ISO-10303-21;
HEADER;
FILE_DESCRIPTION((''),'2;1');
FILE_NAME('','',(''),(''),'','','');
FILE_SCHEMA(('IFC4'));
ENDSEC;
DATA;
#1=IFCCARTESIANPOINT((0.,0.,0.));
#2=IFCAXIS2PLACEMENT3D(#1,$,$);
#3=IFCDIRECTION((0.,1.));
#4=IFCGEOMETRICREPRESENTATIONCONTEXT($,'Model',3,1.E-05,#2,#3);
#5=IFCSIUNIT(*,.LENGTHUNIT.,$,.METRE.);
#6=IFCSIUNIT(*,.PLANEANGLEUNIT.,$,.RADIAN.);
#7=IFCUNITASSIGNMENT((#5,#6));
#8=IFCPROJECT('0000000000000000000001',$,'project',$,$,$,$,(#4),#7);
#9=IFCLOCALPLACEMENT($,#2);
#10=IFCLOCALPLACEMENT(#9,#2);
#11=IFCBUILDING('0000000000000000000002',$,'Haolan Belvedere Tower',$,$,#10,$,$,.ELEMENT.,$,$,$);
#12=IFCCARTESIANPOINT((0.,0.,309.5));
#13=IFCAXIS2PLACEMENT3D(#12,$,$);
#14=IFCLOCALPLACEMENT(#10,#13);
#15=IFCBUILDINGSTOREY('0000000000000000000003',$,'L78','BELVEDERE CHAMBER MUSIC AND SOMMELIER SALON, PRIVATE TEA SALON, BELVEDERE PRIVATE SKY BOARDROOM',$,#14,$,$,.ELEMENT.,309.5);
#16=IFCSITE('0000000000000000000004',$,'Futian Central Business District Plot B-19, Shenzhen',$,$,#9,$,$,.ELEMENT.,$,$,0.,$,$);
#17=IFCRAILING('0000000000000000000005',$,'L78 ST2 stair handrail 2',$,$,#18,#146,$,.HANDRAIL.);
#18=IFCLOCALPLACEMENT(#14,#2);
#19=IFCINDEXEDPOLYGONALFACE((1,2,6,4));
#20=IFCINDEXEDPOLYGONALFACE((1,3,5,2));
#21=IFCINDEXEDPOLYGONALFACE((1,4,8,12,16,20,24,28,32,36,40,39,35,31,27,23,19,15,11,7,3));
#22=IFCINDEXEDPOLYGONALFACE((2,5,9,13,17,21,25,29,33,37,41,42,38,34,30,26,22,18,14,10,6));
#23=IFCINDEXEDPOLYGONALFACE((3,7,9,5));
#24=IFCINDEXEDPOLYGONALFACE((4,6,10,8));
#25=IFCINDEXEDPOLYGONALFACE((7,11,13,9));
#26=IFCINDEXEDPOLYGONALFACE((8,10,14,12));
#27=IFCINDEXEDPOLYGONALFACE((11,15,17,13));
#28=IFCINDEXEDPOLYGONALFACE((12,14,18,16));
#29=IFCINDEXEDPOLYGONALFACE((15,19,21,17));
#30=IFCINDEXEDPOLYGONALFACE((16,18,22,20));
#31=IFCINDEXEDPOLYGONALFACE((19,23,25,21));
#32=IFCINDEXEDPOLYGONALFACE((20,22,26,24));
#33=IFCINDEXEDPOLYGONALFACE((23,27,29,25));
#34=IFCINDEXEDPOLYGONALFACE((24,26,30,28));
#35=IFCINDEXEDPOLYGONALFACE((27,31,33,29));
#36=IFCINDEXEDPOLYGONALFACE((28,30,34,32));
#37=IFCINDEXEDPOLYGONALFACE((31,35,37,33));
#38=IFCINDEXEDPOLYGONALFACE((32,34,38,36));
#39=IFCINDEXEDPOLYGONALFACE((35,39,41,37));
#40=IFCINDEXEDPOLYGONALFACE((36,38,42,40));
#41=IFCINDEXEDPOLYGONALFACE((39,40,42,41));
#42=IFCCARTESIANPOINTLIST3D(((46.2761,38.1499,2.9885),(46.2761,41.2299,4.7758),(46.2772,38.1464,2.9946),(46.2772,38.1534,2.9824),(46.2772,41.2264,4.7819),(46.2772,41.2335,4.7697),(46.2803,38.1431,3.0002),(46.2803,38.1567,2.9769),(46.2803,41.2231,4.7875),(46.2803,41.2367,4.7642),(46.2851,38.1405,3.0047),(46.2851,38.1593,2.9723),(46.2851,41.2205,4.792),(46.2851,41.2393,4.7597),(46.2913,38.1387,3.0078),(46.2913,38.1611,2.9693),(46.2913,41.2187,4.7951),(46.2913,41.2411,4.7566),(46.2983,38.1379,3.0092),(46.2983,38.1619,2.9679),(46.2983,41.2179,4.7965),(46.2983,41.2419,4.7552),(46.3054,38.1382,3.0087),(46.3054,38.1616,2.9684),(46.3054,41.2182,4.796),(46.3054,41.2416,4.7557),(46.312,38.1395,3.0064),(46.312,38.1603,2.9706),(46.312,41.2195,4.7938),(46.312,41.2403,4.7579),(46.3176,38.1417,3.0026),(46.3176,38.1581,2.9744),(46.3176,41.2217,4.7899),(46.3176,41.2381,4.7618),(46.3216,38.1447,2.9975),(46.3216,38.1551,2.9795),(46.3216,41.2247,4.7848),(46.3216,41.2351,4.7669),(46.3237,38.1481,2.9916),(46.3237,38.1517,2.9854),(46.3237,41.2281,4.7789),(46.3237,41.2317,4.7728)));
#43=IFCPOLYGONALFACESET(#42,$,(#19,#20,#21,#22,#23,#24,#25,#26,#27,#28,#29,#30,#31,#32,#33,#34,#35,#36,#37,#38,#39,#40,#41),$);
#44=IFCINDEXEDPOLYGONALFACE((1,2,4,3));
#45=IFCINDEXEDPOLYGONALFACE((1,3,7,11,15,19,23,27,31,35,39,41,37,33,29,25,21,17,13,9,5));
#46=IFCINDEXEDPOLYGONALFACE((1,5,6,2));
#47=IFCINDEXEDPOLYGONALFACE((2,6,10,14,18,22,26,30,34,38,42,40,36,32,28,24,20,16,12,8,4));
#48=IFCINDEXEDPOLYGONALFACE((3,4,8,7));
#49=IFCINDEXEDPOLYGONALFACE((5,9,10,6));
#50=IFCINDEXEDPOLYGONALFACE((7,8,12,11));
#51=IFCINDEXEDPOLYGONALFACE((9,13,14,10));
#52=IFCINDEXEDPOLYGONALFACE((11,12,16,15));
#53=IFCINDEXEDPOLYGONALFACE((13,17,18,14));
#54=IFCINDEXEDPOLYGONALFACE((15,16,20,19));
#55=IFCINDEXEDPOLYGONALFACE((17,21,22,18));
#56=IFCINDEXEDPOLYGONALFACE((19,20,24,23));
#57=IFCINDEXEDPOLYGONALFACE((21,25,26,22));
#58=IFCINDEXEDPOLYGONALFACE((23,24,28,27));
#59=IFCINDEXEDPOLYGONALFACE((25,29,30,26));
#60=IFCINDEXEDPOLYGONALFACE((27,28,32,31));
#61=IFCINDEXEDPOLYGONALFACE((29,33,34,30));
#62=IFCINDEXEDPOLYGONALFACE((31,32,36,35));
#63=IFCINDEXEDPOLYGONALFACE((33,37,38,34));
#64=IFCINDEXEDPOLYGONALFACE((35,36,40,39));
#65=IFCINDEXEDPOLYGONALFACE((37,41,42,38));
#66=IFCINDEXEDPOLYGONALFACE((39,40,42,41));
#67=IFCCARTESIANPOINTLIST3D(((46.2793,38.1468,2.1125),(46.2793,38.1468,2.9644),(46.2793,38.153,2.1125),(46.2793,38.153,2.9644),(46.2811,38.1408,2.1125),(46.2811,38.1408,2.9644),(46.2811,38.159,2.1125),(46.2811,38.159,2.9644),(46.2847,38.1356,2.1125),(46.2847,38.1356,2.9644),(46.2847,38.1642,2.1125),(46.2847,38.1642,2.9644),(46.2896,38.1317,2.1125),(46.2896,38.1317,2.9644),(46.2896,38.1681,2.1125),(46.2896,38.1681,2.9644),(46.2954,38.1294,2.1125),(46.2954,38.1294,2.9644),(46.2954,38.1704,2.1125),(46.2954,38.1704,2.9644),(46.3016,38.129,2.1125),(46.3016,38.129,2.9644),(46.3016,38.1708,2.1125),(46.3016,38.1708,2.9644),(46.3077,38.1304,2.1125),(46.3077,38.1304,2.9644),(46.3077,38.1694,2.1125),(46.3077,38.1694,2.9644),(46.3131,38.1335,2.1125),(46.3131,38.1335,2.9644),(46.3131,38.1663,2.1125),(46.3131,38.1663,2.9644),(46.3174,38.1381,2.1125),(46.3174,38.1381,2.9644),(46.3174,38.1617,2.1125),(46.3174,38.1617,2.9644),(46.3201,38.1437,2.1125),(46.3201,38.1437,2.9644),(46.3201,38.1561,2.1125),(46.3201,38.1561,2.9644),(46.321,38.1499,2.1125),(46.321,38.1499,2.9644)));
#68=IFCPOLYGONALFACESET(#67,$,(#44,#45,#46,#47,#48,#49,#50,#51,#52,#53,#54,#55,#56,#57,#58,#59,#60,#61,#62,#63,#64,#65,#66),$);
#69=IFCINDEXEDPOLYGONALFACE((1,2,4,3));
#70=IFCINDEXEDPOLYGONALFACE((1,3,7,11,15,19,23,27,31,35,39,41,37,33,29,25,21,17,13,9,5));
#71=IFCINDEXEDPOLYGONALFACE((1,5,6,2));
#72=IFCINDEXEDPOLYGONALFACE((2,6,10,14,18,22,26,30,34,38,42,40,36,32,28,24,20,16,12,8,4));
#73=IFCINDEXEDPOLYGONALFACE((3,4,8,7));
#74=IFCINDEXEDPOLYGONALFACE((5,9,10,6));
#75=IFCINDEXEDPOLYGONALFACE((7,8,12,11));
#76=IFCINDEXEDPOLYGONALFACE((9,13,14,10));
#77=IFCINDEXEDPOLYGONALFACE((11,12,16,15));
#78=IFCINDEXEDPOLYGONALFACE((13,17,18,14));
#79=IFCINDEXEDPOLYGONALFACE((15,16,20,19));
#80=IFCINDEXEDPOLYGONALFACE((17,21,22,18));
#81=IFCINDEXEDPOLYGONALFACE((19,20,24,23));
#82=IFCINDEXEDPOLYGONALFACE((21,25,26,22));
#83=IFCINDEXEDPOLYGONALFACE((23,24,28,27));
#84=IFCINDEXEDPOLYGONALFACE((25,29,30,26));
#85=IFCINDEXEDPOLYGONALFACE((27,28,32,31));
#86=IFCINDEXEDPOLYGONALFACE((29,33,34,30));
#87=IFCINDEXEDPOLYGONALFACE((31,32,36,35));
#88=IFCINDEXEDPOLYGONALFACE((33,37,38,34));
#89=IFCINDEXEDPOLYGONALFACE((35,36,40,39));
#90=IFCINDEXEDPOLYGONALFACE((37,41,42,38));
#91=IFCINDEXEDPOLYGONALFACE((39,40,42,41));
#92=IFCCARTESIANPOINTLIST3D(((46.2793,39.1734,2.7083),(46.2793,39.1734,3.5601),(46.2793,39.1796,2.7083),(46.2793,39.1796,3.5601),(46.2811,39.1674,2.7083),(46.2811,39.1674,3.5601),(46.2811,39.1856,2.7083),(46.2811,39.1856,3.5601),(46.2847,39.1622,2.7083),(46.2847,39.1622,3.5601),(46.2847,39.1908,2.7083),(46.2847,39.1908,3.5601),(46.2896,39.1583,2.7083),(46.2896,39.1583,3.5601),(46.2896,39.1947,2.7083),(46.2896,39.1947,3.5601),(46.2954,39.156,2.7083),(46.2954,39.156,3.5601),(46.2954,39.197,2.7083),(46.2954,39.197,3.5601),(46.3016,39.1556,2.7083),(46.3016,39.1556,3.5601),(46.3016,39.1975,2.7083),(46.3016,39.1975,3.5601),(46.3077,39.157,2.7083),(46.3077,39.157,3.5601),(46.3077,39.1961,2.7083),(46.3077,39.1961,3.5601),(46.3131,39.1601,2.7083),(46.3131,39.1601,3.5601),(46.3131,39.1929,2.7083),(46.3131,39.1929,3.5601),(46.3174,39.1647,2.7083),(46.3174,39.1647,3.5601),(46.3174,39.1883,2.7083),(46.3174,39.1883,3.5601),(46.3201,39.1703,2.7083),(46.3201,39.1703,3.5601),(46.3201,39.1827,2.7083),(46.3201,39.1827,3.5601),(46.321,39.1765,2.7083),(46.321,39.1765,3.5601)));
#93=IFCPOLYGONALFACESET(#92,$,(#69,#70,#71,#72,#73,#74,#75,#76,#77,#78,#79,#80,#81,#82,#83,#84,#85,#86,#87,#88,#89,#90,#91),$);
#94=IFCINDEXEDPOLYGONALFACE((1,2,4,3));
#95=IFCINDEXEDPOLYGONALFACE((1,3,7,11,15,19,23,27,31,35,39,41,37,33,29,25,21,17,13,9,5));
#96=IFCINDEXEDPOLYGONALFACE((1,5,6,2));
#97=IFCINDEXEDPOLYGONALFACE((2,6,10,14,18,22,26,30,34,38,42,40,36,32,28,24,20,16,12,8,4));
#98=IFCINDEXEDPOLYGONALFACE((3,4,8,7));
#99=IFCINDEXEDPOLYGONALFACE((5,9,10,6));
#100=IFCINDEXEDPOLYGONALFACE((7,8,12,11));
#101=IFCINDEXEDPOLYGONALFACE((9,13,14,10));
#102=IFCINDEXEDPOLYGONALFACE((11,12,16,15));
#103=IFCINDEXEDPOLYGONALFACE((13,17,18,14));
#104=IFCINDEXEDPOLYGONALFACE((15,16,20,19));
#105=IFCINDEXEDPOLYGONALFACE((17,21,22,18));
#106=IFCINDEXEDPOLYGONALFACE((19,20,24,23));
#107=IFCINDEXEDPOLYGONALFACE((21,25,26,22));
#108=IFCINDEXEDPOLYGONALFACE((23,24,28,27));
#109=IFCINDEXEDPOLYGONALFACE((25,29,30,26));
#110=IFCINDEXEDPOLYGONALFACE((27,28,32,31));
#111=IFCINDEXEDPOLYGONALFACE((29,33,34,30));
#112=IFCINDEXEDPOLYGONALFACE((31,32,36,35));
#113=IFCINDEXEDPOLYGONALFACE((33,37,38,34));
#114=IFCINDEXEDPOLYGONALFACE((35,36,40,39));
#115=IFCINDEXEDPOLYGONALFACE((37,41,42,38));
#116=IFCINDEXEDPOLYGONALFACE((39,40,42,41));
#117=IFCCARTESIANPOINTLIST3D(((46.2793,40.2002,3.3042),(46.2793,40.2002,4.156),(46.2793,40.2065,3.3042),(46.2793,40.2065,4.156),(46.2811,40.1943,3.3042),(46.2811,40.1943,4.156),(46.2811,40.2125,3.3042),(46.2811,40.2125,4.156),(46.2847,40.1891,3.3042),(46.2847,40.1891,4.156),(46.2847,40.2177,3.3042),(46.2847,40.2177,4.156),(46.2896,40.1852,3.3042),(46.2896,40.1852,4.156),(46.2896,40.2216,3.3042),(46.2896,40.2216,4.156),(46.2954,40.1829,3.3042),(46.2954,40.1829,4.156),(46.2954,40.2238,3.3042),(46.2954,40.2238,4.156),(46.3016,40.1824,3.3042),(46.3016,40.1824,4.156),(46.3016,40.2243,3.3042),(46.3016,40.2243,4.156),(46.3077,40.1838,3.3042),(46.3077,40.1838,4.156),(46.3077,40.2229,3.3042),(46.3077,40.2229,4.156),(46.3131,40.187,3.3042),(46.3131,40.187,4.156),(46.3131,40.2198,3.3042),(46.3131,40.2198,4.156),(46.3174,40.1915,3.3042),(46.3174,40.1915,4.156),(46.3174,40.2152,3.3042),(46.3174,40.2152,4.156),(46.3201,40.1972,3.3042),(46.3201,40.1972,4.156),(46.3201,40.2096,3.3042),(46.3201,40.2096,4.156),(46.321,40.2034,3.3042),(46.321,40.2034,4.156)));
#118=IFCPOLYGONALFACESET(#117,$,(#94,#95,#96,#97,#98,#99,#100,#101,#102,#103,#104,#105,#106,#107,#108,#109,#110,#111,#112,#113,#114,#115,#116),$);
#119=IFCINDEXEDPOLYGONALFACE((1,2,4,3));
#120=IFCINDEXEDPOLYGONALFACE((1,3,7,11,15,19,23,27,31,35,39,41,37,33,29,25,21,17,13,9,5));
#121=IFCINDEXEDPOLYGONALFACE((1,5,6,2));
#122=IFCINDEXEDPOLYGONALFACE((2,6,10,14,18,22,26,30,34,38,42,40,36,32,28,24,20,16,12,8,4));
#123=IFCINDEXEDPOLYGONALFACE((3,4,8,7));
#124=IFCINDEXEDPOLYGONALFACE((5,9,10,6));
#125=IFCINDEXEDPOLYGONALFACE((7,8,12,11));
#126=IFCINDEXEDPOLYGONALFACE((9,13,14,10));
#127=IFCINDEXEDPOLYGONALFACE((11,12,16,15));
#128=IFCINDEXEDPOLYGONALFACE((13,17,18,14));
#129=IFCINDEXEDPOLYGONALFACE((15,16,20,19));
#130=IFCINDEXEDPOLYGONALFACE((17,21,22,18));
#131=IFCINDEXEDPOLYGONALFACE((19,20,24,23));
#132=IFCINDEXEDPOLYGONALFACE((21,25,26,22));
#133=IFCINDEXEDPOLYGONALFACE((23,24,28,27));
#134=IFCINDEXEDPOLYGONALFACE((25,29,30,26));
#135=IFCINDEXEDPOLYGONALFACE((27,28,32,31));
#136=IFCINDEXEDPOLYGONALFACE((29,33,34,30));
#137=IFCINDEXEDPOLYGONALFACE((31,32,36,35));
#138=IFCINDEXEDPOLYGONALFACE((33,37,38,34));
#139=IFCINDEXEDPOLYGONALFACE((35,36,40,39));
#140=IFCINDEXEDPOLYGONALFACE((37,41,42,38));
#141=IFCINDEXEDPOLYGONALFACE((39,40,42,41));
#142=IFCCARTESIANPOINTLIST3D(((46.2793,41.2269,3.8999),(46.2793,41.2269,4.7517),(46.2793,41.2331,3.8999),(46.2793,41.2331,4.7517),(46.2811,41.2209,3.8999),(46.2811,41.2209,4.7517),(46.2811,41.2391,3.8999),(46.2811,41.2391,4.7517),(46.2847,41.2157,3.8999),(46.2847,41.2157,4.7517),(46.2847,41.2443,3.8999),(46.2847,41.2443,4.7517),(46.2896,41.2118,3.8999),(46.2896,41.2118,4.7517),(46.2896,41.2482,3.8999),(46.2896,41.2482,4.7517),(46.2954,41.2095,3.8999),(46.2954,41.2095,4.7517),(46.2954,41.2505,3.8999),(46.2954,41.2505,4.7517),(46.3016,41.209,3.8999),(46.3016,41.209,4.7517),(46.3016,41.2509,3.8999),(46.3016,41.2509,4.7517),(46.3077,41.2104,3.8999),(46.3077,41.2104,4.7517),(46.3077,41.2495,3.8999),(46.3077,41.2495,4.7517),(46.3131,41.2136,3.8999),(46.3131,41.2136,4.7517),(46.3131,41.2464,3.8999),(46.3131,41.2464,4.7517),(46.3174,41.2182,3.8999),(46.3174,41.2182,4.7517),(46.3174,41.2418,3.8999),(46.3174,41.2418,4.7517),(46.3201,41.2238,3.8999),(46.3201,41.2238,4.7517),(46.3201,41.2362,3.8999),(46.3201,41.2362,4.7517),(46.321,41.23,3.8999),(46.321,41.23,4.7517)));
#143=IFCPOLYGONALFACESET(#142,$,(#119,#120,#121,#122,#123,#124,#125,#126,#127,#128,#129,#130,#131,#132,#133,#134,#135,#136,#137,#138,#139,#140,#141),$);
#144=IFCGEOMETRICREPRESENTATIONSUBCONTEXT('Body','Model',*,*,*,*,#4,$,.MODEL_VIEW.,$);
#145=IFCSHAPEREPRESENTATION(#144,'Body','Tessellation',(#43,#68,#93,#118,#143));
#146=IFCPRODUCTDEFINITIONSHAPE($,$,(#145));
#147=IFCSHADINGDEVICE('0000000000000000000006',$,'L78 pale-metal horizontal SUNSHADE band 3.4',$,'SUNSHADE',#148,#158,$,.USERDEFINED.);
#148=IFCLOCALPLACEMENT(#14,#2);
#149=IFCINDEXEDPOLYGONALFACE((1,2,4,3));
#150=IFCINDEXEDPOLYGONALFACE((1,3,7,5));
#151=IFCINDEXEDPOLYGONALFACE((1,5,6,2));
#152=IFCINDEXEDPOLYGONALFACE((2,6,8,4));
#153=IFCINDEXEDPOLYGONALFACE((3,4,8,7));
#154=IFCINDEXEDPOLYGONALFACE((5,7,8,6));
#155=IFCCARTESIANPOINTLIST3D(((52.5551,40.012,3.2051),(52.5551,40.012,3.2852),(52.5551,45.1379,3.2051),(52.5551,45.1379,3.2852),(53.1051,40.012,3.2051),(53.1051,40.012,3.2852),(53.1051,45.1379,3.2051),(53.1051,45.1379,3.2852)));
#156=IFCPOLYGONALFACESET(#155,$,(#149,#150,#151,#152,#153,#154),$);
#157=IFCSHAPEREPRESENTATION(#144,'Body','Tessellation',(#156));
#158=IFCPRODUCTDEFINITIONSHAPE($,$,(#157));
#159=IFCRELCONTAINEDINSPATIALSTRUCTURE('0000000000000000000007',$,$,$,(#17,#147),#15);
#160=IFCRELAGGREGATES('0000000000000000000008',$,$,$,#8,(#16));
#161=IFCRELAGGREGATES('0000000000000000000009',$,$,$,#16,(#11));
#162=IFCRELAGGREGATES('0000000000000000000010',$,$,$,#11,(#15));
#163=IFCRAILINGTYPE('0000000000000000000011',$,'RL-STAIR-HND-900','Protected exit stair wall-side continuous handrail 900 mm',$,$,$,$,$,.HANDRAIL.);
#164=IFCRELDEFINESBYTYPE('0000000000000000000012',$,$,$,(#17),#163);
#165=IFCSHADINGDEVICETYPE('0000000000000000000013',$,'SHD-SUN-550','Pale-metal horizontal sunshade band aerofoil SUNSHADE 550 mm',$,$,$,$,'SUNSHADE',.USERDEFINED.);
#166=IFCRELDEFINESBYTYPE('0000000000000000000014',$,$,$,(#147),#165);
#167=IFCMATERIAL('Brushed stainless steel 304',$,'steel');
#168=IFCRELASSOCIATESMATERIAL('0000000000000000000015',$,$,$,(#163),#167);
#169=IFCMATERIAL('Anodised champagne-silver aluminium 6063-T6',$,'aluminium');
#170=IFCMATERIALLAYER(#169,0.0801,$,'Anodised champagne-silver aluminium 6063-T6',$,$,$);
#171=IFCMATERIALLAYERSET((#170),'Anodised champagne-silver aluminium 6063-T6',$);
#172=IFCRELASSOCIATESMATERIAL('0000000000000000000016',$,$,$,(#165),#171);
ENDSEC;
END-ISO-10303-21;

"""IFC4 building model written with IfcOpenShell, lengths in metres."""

from ifc_helpers import new_model, si_unit, direction, frame, origin, origin_2d, place, context, subcontext, project, spatial, rectangle, circle, extrude, material, layer, layer_set, type_object, element, save


model = new_model("IFC4")

# Units and contexts
model_context = context("Model", 3, precision=1e-05, world=origin(), true_north=direction((0.0, 1.0)))
body_context = subcontext(model_context, "Body", "Model", "MODEL_VIEW")
ifc_project = project(units=[si_unit("LENGTHUNIT", "METRE"), si_unit("PLANEANGLEUNIT", "RADIAN")], contexts=[model_context])

# Site, building, storey
site_placement = place(None, origin())
site = spatial("IfcSite", under=ifc_project, at=site_placement, Name="Futian Central Business District Plot B-19, Shenzhen", CompositionType="ELEMENT", RefElevation=0.0)
building_placement = place(site_placement, origin())
building = spatial("IfcBuilding", under=site, at=building_placement, Name="Haolan Belvedere Tower", CompositionType="ELEMENT")
storey_placement = place(building_placement, frame((0.0, 0.0, 309.5)))
storey = spatial("IfcBuildingStorey", under=building, at=storey_placement, Name="L78", Description="BELVEDERE CHAMBER MUSIC AND SOMMELIER SALON, PRIVATE TEA SALON, BELVEDERE PRIVATE SKY BOARDROOM", CompositionType="ELEMENT", Elevation=309.5)

# Railing
ifc_material_1 = material(Name="Brushed stainless steel 304", Category="steel")
railing_type_1 = type_object("IfcRailingType", Name="RL-STAIR-HND-900", Description="Protected exit stair wall-side continuous handrail 900 mm", PredefinedType="HANDRAIL", material=ifc_material_1)
railing_1_placement = place(storey_placement, frame((46.3, 38.1499, 2.1125)))
element("IfcRailing", 1, at=railing_1_placement, inside=storey, type_object=railing_type_1, Name="L78 ST2 stair handrail 2", PredefinedType="HANDRAIL", context=body_context, shape_type="SweptSolid", body=[
    extrude(circle(Radius=0.0239, at=origin_2d()), frame((0.0, 0.0, 0.876), z_axis=(0.0, 0.86492, 0.501909), x_axis=(-1.0, 0.0, 0.0)), (0.0, 0.0, 1.0), 3.561),
    extrude(circle(Radius=0.021, at=origin_2d()), origin(), (0.0, 0.0, 1.0), 0.8518),
    extrude(circle(Radius=0.021, at=origin_2d()), frame((0.0, 1.0266, 0.5957)), (0.0, 0.0, 1.0), 0.8518),
    extrude(circle(Radius=0.021, at=origin_2d()), frame((0.0, 2.0535, 1.1917)), (0.0, 0.0, 1.0), 0.8518),
    extrude(circle(Radius=0.021, at=origin_2d()), frame((0.0, 3.0801, 1.7874)), (0.0, 0.0, 1.0), 0.8518),
])

# Shading device
ifc_material_2 = material(Name="Anodised champagne-silver aluminium 6063-T6", Category="aluminium")
ifc_layer_1 = layer(ifc_material_2, 0.0801, Name="Anodised champagne-silver aluminium 6063-T6")
ifc_layer_set_1 = layer_set([ifc_layer_1], Name="Anodised champagne-silver aluminium 6063-T6")
shading_device_type = type_object("IfcShadingDeviceType", Name="SHD-SUN-550", Description="Pale-metal horizontal sunshade band aerofoil SUNSHADE 550 mm", ElementType="SUNSHADE", PredefinedType="USERDEFINED", material=ifc_layer_set_1)
shading_device_placement = place(storey_placement, frame((52.8301, 42.575, 3.2051), z_axis=(0.0, 0.0, 1.0), x_axis=(0.0, 1.0, 0.0)))
element("IfcShadingDevice", 2, at=shading_device_placement, inside=storey, type_object=shading_device_type, Name="L78 pale-metal horizontal SUNSHADE band 3.4", ObjectType="SUNSHADE", PredefinedType="USERDEFINED", context=body_context, shape_type="SweptSolid", body=[
    extrude(rectangle(XDim=5.126, YDim=0.55, at=origin_2d()), origin(), (0.0, 0.0, 1.0), 0.0801),
])

save(model, "model.ifc")
